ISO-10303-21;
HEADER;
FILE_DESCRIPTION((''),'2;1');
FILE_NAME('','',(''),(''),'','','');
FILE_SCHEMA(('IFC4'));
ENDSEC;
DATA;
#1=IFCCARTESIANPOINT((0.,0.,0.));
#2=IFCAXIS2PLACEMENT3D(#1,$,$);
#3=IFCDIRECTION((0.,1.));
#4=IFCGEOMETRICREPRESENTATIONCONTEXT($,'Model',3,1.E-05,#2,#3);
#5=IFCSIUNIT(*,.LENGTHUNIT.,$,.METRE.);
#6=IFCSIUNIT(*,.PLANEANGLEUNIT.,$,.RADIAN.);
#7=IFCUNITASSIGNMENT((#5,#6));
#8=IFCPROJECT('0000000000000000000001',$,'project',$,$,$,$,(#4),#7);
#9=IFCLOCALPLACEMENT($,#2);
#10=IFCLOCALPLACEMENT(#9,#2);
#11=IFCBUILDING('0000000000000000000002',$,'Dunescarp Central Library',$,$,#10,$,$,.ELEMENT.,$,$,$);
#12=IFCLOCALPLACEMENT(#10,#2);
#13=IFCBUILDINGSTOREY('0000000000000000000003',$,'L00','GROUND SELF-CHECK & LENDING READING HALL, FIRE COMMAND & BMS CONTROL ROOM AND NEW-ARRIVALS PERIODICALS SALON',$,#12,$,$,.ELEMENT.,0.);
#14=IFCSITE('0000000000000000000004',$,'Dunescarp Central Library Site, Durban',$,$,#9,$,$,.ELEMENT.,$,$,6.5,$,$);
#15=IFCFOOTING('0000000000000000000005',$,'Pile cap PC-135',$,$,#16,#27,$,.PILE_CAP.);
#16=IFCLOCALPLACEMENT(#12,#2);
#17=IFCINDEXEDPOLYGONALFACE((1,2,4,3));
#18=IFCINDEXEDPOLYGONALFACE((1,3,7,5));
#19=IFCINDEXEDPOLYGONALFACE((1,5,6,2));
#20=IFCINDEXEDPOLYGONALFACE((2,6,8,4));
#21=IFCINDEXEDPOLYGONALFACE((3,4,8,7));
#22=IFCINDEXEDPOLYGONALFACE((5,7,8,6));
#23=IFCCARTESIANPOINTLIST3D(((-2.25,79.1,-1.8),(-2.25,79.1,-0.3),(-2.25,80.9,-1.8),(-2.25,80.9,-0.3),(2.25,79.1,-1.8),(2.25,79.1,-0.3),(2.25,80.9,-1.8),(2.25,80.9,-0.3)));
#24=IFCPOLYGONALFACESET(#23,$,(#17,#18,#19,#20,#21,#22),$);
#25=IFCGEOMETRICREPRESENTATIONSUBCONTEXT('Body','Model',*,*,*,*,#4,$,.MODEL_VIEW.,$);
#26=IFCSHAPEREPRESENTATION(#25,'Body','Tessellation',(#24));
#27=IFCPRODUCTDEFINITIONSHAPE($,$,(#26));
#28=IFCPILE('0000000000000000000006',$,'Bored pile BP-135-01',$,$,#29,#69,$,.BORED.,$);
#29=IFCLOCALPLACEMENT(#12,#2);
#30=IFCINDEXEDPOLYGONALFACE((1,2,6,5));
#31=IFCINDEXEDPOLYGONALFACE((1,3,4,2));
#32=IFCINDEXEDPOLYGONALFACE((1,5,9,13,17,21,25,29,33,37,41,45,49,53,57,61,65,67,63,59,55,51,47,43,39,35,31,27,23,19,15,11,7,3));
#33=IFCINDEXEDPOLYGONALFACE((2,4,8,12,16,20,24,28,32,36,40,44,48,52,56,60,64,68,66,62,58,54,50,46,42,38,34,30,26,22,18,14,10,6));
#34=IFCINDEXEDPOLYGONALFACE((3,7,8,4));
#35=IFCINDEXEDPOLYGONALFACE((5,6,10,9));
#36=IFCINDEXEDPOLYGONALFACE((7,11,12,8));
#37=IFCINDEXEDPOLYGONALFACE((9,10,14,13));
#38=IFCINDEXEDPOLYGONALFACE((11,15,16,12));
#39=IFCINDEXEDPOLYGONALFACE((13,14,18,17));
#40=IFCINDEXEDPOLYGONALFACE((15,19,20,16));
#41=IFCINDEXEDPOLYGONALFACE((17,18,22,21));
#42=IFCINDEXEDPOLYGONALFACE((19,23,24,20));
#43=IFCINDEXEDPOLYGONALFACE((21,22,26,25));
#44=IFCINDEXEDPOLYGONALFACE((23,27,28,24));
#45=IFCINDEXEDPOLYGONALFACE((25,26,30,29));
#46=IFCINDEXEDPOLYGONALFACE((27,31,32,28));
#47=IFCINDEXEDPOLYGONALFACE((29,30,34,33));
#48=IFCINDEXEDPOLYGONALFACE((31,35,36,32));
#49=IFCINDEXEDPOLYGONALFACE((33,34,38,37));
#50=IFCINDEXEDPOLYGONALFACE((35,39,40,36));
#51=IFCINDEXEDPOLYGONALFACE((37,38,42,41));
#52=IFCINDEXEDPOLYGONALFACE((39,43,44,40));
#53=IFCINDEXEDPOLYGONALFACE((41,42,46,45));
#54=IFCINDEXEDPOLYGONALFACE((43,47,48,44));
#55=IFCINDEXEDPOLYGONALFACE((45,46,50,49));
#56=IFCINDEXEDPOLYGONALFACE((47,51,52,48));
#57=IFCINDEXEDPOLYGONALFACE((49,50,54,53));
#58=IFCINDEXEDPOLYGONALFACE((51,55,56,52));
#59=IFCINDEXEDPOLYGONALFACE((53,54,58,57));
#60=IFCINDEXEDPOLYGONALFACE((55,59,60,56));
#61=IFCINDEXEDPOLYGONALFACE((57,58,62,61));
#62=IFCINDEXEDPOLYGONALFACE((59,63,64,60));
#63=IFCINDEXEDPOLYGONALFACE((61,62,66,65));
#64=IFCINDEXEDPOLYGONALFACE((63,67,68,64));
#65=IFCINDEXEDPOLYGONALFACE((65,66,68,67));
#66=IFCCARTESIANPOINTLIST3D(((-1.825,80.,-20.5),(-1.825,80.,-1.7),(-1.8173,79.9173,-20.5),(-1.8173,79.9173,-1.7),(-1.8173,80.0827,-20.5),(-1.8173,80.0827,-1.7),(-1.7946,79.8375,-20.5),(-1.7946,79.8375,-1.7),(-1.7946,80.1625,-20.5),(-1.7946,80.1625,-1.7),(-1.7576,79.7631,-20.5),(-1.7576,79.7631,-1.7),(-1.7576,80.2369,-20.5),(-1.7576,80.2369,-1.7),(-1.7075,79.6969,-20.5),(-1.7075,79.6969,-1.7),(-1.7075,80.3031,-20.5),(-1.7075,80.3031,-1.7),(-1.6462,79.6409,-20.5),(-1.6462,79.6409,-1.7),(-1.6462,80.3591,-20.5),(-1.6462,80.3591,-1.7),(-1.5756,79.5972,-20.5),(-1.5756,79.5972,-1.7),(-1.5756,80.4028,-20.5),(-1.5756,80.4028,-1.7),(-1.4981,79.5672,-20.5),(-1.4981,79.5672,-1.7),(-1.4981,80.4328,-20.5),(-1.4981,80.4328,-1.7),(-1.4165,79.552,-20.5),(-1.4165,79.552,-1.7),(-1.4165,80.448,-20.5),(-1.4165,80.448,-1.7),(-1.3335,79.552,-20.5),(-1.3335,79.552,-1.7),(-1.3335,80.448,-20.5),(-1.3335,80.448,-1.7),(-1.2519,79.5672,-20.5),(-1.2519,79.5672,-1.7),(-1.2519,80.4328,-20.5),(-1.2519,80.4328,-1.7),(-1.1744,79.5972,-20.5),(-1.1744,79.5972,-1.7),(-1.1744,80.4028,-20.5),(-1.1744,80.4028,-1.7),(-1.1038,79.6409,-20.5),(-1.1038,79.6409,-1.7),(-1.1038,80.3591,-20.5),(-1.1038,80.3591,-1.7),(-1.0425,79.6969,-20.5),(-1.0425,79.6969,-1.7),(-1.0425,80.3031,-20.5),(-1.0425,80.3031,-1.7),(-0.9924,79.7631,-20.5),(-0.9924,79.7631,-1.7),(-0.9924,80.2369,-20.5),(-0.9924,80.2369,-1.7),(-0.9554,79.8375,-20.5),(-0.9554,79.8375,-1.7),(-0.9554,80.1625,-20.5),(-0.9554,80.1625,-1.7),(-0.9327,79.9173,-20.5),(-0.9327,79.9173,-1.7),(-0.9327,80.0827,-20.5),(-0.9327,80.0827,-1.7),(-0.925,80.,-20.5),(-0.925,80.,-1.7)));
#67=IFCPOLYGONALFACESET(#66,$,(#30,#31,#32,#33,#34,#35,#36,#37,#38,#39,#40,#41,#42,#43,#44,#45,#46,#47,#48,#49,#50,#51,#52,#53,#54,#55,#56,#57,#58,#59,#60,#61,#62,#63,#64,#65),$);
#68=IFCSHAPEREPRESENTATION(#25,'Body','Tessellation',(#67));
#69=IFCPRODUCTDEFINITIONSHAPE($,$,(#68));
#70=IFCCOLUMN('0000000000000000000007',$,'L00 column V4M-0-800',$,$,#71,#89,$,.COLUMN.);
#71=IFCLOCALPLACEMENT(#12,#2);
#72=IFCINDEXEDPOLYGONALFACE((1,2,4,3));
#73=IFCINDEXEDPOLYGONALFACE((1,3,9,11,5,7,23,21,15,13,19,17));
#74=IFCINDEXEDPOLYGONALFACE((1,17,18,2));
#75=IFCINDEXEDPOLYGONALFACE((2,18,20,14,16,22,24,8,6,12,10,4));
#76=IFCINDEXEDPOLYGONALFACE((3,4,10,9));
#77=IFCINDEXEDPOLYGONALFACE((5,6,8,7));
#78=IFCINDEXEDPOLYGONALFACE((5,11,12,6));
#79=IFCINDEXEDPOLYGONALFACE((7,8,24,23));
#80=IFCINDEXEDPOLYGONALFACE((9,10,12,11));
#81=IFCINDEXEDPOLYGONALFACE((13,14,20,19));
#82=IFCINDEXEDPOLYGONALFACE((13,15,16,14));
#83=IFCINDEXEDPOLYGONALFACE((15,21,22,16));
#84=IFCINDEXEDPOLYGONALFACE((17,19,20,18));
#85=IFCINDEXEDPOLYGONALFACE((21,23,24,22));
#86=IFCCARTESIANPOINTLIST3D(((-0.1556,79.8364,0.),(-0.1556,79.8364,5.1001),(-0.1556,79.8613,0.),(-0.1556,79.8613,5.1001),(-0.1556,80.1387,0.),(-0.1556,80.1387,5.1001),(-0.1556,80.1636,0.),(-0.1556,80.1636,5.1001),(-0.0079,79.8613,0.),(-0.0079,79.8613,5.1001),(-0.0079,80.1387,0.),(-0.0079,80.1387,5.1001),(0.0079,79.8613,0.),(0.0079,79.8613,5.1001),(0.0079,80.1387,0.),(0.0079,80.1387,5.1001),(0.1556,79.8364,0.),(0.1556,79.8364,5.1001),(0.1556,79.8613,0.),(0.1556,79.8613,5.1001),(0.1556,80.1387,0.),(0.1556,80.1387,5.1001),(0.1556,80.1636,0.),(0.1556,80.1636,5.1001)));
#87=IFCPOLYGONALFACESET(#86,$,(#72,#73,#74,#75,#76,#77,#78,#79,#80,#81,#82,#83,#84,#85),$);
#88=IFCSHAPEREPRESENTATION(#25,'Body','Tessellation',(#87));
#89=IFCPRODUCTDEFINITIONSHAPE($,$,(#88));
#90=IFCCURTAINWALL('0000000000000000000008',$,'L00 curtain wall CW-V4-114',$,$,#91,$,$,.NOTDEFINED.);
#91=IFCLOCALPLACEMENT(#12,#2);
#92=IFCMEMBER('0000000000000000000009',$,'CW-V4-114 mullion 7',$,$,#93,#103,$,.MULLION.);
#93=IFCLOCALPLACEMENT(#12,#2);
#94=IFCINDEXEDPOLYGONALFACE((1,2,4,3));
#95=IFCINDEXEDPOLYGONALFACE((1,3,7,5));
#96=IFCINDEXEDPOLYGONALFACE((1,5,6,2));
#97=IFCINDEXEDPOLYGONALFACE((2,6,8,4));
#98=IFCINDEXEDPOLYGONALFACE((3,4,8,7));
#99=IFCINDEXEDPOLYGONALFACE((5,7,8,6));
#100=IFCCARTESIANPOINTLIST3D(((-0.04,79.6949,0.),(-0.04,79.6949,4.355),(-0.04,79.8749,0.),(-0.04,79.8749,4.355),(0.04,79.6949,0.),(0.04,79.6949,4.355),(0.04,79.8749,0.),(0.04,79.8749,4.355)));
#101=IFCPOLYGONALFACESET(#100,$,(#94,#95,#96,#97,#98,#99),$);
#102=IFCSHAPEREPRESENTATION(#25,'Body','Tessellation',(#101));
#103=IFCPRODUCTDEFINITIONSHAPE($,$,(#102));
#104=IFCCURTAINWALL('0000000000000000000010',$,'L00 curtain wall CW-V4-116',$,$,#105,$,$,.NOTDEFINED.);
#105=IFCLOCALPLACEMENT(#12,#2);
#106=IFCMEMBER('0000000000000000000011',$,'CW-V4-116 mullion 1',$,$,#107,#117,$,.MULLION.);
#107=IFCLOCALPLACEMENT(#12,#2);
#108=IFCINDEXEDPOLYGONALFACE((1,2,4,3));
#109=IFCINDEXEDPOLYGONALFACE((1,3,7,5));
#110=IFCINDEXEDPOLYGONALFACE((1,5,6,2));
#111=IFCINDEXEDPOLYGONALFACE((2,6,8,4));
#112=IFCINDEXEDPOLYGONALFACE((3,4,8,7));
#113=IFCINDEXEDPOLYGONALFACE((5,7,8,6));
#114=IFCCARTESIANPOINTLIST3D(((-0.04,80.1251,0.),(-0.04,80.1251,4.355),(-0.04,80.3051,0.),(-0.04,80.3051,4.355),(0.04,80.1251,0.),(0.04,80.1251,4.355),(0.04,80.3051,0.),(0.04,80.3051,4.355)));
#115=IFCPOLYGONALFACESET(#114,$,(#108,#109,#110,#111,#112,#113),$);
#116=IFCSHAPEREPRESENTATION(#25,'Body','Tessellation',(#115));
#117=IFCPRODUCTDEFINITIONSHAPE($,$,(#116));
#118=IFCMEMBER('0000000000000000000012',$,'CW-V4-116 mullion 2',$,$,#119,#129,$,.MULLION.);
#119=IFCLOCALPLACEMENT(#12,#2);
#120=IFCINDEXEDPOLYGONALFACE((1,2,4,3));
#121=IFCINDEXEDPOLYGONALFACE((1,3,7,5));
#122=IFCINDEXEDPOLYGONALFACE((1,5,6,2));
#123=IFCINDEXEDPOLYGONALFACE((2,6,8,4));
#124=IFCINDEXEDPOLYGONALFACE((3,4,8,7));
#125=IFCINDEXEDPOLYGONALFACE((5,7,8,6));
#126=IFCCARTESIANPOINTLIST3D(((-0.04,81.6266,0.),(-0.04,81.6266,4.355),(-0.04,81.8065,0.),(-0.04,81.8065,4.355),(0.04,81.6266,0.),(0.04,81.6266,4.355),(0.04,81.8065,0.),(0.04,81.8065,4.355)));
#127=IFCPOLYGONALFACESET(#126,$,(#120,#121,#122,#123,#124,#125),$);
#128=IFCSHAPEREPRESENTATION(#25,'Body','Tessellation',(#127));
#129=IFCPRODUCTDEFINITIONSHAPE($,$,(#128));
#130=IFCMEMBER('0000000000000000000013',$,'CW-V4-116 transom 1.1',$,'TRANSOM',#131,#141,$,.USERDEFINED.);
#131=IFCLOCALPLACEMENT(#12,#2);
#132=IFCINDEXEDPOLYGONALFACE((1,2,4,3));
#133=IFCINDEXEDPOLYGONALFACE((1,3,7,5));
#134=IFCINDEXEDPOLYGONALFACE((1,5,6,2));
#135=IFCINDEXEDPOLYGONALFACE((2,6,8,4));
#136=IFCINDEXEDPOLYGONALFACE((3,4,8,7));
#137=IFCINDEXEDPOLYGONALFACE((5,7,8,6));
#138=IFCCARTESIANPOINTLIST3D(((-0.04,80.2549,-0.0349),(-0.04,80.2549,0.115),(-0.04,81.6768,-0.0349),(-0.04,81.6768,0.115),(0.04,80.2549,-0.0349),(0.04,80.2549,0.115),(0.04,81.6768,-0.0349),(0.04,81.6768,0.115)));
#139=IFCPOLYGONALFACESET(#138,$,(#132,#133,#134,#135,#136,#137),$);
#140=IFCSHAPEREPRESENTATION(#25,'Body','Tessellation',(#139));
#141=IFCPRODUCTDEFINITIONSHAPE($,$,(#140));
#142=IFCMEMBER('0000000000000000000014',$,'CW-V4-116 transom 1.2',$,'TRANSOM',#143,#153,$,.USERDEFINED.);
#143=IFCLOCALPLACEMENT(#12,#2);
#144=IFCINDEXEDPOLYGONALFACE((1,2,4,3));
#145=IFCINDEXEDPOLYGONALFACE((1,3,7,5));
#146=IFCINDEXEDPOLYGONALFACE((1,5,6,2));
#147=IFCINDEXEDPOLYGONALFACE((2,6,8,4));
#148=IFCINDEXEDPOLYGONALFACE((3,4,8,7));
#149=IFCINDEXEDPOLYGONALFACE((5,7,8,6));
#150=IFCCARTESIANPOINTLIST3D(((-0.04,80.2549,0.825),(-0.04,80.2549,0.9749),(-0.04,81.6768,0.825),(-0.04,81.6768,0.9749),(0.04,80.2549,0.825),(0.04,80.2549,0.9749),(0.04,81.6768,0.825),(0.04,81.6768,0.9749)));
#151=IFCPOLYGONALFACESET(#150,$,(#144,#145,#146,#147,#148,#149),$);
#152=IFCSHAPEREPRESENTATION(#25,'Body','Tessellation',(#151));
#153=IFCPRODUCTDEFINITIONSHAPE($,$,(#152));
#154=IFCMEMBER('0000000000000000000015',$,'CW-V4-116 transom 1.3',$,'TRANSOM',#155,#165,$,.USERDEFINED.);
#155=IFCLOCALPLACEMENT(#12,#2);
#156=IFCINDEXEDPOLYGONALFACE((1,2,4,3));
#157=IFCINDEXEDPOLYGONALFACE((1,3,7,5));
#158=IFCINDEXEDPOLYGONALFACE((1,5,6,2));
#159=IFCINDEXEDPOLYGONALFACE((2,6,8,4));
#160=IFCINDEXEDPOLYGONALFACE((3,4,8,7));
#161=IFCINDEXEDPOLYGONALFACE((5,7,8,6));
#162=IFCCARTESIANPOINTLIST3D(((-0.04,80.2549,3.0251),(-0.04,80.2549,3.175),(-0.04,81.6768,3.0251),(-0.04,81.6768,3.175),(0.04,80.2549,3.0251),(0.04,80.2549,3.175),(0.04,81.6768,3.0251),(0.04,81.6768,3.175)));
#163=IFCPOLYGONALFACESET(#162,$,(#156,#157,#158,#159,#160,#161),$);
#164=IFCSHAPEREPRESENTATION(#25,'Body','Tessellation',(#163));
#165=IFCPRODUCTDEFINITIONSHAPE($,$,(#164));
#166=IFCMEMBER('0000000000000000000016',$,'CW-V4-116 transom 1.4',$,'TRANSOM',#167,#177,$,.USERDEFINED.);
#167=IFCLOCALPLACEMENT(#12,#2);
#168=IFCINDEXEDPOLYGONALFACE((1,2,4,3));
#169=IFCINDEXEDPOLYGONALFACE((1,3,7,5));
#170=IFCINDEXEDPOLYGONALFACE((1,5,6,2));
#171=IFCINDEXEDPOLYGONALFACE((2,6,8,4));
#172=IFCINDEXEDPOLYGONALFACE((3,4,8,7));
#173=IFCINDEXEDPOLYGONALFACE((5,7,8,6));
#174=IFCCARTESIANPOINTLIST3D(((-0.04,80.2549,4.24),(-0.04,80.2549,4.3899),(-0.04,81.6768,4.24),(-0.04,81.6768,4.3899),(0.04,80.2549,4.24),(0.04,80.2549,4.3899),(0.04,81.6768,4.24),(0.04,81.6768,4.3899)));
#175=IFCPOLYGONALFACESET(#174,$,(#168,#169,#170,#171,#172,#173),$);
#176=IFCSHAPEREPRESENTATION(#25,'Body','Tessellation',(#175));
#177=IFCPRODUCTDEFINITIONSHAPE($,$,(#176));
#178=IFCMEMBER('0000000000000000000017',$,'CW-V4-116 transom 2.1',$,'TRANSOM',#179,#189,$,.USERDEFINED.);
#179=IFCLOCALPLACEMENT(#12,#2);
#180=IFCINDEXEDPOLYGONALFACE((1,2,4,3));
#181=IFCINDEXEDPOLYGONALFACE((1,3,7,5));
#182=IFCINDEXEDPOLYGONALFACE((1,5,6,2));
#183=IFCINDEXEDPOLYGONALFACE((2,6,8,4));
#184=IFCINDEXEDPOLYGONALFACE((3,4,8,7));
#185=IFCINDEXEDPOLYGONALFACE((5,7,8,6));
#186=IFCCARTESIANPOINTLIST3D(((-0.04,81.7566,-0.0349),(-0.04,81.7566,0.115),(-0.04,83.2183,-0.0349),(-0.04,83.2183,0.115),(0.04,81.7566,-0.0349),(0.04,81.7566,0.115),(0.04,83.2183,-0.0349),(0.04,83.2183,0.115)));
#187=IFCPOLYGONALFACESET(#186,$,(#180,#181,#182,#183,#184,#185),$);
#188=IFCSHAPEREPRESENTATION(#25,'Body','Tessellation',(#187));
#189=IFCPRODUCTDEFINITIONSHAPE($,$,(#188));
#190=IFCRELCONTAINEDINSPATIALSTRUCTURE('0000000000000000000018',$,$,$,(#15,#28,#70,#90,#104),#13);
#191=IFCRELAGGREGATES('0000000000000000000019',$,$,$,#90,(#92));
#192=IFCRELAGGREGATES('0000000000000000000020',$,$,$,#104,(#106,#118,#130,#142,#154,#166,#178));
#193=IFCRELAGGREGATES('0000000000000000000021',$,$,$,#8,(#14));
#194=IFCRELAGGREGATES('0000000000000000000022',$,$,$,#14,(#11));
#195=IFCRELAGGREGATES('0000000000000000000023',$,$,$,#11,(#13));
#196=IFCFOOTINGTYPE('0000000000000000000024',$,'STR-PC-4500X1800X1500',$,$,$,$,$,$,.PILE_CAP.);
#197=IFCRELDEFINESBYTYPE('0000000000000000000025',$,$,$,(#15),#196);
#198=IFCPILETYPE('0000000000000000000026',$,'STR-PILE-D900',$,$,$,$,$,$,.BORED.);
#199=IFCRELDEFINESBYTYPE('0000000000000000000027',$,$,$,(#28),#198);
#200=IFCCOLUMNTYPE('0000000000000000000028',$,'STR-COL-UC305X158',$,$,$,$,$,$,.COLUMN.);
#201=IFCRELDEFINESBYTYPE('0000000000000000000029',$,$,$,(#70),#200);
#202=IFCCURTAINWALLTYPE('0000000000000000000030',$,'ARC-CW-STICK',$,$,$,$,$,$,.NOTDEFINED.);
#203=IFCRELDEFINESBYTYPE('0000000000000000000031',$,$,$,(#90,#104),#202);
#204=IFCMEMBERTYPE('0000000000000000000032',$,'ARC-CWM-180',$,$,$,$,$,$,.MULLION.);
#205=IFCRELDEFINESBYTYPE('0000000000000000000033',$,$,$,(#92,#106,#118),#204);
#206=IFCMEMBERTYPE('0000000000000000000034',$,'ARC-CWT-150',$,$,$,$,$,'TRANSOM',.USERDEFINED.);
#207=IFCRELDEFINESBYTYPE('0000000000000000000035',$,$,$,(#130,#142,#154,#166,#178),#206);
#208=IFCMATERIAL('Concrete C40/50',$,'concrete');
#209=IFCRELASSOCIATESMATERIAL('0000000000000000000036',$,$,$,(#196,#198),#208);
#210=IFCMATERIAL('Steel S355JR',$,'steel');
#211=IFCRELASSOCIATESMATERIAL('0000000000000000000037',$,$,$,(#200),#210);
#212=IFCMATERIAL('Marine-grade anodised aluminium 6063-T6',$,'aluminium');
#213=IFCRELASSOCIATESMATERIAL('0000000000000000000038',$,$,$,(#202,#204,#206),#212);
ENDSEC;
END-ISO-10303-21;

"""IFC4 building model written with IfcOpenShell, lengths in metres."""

from ifc_helpers import new_model, si_unit, direction, frame, origin, origin_2d, place, context, subcontext, project, spatial, rectangle, circle, i_section, extrude, material, material_profile, profile_set, type_object, element, aggregate, save


model = new_model("IFC4")

# Units and contexts
model_context = context("Model", 3, precision=1e-05, world=origin(), true_north=direction((0.0, 1.0)))
body_context = subcontext(model_context, "Body", "Model", "MODEL_VIEW")
ifc_project = project(units=[si_unit("LENGTHUNIT", "METRE"), si_unit("PLANEANGLEUNIT", "RADIAN")], contexts=[model_context])

# Site, building, storey
site_placement = place(None, origin())
site = spatial("IfcSite", under=ifc_project, at=site_placement, Name="Dunescarp Central Library Site, Durban", CompositionType="ELEMENT", RefElevation=6.5)
building_placement = place(site_placement, origin())
building = spatial("IfcBuilding", under=site, at=building_placement, Name="Dunescarp Central Library", CompositionType="ELEMENT")
storey_placement = place(building_placement, origin())
storey = spatial("IfcBuildingStorey", under=building, at=storey_placement, Name="L00", Description="GROUND SELF-CHECK & LENDING READING HALL, FIRE COMMAND & BMS CONTROL ROOM AND NEW-ARRIVALS PERIODICALS SALON", CompositionType="ELEMENT", Elevation=0.0)

# Footing
ifc_material_1 = material(Name="Concrete C40/50", Category="concrete")
footing_type = type_object("IfcFootingType", Name="STR-PC-4500X1800X1500", PredefinedType="PILE_CAP", material=ifc_material_1)
footing_placement = place(storey_placement, frame((0.0, 80.0, -1.8), z_axis=(0.0, 0.0, 1.0), x_axis=(1.0, 0.0, 0.0)))
element("IfcFooting", 1, at=footing_placement, inside=storey, type_object=footing_type, Name="Pile cap PC-135", PredefinedType="PILE_CAP", context=body_context, shape_type="SweptSolid", body=[
    extrude(rectangle(XDim=4.5, YDim=1.8, at=origin_2d()), origin(), (0.0, 0.0, 1.0), 1.5),
])

# Pile
ifc_material_profile_1 = material_profile(ifc_material_1, circle(Radius=0.45, at=origin_2d()), Name="PILE D900")
ifc_profile_set_1 = profile_set([ifc_material_profile_1], Name="Concrete C40/50")
pile_type = type_object("IfcPileType", Name="STR-PILE-D900", PredefinedType="BORED", material=ifc_profile_set_1)
pile_placement = place(storey_placement, frame((-1.375, 80.0, -1.7), z_axis=(0.0, 0.0, -1.0), x_axis=(1.0, 0.0, 0.0)))
element("IfcPile", 2, at=pile_placement, inside=storey, type_object=pile_type, Name="Bored pile BP-135-01", PredefinedType="BORED", context=body_context, shape_type="SweptSolid", body=[
    extrude(circle(Radius=0.45, at=origin_2d()), origin(), (0.0, 0.0, 1.0), 18.8),
])

# Column
ifc_material_2 = material(Name="Steel S355JR", Category="steel")
ifc_material_profile_2 = material_profile(ifc_material_2, i_section(OverallWidth=0.3113, OverallDepth=0.3271, WebThickness=0.0159, FlangeThickness=0.0249, at=origin_2d()), Name="UC 305x305x158")
ifc_profile_set_2 = profile_set([ifc_material_profile_2], Name="Steel S355JR")
column_type = type_object("IfcColumnType", Name="STR-COL-UC305X158", PredefinedType="COLUMN", material=ifc_profile_set_2)
column_placement = place(storey_placement, frame((0.0, 80.0, 0.0), z_axis=(0.0, 0.0, 1.0), x_axis=(1.0, 0.0, 0.0)))
element("IfcColumn", 3, at=column_placement, inside=storey, type_object=column_type, Name="L00 column V4M-0-800", PredefinedType="COLUMN", context=body_context, shape_type="SweptSolid", body=[
    extrude(i_section(OverallWidth=0.3113, OverallDepth=0.3271, WebThickness=0.0159, FlangeThickness=0.0249, at=origin_2d()), origin(), (0.0, 0.0, 1.0), 5.1001),
])

# Curtain wall, member
ifc_material_3 = material(Name="Marine-grade anodised aluminium 6063-T6", Category="aluminium")
curtain_wall_type = type_object("IfcCurtainWallType", Name="ARC-CW-STICK", PredefinedType="NOTDEFINED", material=ifc_material_3)
curtain_wall_1_placement = place(storey_placement, origin())
curtain_wall_1 = element("IfcCurtainWall", 4, at=curtain_wall_1_placement, inside=storey, type_object=curtain_wall_type, Name="L00 curtain wall CW-V4-114", PredefinedType="NOTDEFINED")
ifc_material_profile_3 = material_profile(ifc_material_3, rectangle(XDim=0.0801, YDim=0.1799, at=origin_2d()), Name="AL 80x180")
ifc_profile_set_3 = profile_set([ifc_material_profile_3], Name="Marine-grade anodised aluminium 6063-T6")
member_type_1 = type_object("IfcMemberType", Name="ARC-CWM-180", PredefinedType="MULLION", material=ifc_profile_set_3)
member_1_placement = place(storey_placement, frame((0.0, 79.7849, 0.0), z_axis=(0.0, 0.0, 1.0), x_axis=(-1.0, 0.0, 0.0)))
member_1 = element("IfcMember", 5, at=member_1_placement, type_object=member_type_1, Name="CW-V4-114 mullion 7", PredefinedType="MULLION", context=body_context, shape_type="SweptSolid", body=[
    extrude(rectangle(XDim=0.0801, YDim=0.1799, at=origin_2d()), origin(), (0.0, 0.0, 1.0), 4.355),
])

# Curtain wall, members
curtain_wall_2_placement = place(storey_placement, origin())
curtain_wall_2 = element("IfcCurtainWall", 6, at=curtain_wall_2_placement, inside=storey, type_object=curtain_wall_type, Name="L00 curtain wall CW-V4-116", PredefinedType="NOTDEFINED")
member_2_placement = place(storey_placement, frame((0.0, 80.2151, 0.0), z_axis=(0.0, 0.0, 1.0), x_axis=(-1.0, 0.0, 0.0)))
member_2 = element("IfcMember", 7, at=member_2_placement, type_object=member_type_1, Name="CW-V4-116 mullion 1", PredefinedType="MULLION", context=body_context, shape_type="SweptSolid", body=[
    extrude(rectangle(XDim=0.0801, YDim=0.1799, at=origin_2d()), origin(), (0.0, 0.0, 1.0), 4.355),
])
member_3_placement = place(storey_placement, frame((0.0, 81.7166, 0.0), z_axis=(0.0, 0.0, 1.0), x_axis=(-1.0, 0.0, 0.0)))
member_3 = element("IfcMember", 8, at=member_3_placement, type_object=member_type_1, Name="CW-V4-116 mullion 2", PredefinedType="MULLION", context=body_context, shape_type="SweptSolid", body=[
    extrude(rectangle(XDim=0.0801, YDim=0.1799, at=origin_2d()), origin(), (0.0, 0.0, 1.0), 4.355),
])
ifc_material_profile_4 = material_profile(ifc_material_3, rectangle(XDim=0.0801, YDim=0.1499, at=origin_2d()), Name="AL 80x150")
ifc_profile_set_4 = profile_set([ifc_material_profile_4], Name="Marine-grade anodised aluminium 6063-T6")
member_type_2 = type_object("IfcMemberType", Name="ARC-CWT-150", ElementType="TRANSOM", PredefinedType="USERDEFINED", material=ifc_profile_set_4)
member_4_placement = place(storey_placement, frame((0.0, 80.2549, 0.04), z_axis=(0.0, 1.0, 0.0), x_axis=(-1.0, 0.0, 0.0)))
member_4 = element("IfcMember", 9, at=member_4_placement, type_object=member_type_2, Name="CW-V4-116 transom 1.1", ObjectType="TRANSOM", PredefinedType="USERDEFINED", context=body_context, shape_type="SweptSolid", body=[
    extrude(rectangle(XDim=0.0801, YDim=0.1499, at=origin_2d()), origin(), (0.0, 0.0, 1.0), 1.4219),
])
member_5_placement = place(storey_placement, frame((0.0, 80.2549, 0.8999), z_axis=(0.0, 1.0, 0.0), x_axis=(-1.0, 0.0, 0.0)))
member_5 = element("IfcMember", 10, at=member_5_placement, type_object=member_type_2, Name="CW-V4-116 transom 1.2", ObjectType="TRANSOM", PredefinedType="USERDEFINED", context=body_context, shape_type="SweptSolid", body=[
    extrude(rectangle(XDim=0.0801, YDim=0.1499, at=origin_2d()), origin(), (0.0, 0.0, 1.0), 1.4219),
])
member_6_placement = place(storey_placement, frame((0.0, 80.2549, 3.1001), z_axis=(0.0, 1.0, 0.0), x_axis=(-1.0, 0.0, 0.0)))
member_6 = element("IfcMember", 11, at=member_6_placement, type_object=member_type_2, Name="CW-V4-116 transom 1.3", ObjectType="TRANSOM", PredefinedType="USERDEFINED", context=body_context, shape_type="SweptSolid", body=[
    extrude(rectangle(XDim=0.0801, YDim=0.1499, at=origin_2d()), origin(), (0.0, 0.0, 1.0), 1.4219),
])
member_7_placement = place(storey_placement, frame((0.0, 80.2549, 4.3149), z_axis=(0.0, 1.0, 0.0), x_axis=(-1.0, 0.0, 0.0)))
member_7 = element("IfcMember", 12, at=member_7_placement, type_object=member_type_2, Name="CW-V4-116 transom 1.4", ObjectType="TRANSOM", PredefinedType="USERDEFINED", context=body_context, shape_type="SweptSolid", body=[
    extrude(rectangle(XDim=0.0801, YDim=0.1499, at=origin_2d()), origin(), (0.0, 0.0, 1.0), 1.4219),
])
member_8_placement = place(storey_placement, frame((0.0, 81.7566, 0.04), z_axis=(0.0, 1.0, 0.0), x_axis=(-1.0, 0.0, 0.0)))
member_8 = element("IfcMember", 13, at=member_8_placement, type_object=member_type_2, Name="CW-V4-116 transom 2.1", ObjectType="TRANSOM", PredefinedType="USERDEFINED", context=body_context, shape_type="SweptSolid", body=[
    extrude(rectangle(XDim=0.0801, YDim=0.1499, at=origin_2d()), origin(), (0.0, 0.0, 1.0), 1.4617),
])

aggregate(curtain_wall_1, [member_1])
aggregate(curtain_wall_2, [member_2, member_3, member_4, member_5, member_6, member_7, member_8])

save(model, "model.ifc")
